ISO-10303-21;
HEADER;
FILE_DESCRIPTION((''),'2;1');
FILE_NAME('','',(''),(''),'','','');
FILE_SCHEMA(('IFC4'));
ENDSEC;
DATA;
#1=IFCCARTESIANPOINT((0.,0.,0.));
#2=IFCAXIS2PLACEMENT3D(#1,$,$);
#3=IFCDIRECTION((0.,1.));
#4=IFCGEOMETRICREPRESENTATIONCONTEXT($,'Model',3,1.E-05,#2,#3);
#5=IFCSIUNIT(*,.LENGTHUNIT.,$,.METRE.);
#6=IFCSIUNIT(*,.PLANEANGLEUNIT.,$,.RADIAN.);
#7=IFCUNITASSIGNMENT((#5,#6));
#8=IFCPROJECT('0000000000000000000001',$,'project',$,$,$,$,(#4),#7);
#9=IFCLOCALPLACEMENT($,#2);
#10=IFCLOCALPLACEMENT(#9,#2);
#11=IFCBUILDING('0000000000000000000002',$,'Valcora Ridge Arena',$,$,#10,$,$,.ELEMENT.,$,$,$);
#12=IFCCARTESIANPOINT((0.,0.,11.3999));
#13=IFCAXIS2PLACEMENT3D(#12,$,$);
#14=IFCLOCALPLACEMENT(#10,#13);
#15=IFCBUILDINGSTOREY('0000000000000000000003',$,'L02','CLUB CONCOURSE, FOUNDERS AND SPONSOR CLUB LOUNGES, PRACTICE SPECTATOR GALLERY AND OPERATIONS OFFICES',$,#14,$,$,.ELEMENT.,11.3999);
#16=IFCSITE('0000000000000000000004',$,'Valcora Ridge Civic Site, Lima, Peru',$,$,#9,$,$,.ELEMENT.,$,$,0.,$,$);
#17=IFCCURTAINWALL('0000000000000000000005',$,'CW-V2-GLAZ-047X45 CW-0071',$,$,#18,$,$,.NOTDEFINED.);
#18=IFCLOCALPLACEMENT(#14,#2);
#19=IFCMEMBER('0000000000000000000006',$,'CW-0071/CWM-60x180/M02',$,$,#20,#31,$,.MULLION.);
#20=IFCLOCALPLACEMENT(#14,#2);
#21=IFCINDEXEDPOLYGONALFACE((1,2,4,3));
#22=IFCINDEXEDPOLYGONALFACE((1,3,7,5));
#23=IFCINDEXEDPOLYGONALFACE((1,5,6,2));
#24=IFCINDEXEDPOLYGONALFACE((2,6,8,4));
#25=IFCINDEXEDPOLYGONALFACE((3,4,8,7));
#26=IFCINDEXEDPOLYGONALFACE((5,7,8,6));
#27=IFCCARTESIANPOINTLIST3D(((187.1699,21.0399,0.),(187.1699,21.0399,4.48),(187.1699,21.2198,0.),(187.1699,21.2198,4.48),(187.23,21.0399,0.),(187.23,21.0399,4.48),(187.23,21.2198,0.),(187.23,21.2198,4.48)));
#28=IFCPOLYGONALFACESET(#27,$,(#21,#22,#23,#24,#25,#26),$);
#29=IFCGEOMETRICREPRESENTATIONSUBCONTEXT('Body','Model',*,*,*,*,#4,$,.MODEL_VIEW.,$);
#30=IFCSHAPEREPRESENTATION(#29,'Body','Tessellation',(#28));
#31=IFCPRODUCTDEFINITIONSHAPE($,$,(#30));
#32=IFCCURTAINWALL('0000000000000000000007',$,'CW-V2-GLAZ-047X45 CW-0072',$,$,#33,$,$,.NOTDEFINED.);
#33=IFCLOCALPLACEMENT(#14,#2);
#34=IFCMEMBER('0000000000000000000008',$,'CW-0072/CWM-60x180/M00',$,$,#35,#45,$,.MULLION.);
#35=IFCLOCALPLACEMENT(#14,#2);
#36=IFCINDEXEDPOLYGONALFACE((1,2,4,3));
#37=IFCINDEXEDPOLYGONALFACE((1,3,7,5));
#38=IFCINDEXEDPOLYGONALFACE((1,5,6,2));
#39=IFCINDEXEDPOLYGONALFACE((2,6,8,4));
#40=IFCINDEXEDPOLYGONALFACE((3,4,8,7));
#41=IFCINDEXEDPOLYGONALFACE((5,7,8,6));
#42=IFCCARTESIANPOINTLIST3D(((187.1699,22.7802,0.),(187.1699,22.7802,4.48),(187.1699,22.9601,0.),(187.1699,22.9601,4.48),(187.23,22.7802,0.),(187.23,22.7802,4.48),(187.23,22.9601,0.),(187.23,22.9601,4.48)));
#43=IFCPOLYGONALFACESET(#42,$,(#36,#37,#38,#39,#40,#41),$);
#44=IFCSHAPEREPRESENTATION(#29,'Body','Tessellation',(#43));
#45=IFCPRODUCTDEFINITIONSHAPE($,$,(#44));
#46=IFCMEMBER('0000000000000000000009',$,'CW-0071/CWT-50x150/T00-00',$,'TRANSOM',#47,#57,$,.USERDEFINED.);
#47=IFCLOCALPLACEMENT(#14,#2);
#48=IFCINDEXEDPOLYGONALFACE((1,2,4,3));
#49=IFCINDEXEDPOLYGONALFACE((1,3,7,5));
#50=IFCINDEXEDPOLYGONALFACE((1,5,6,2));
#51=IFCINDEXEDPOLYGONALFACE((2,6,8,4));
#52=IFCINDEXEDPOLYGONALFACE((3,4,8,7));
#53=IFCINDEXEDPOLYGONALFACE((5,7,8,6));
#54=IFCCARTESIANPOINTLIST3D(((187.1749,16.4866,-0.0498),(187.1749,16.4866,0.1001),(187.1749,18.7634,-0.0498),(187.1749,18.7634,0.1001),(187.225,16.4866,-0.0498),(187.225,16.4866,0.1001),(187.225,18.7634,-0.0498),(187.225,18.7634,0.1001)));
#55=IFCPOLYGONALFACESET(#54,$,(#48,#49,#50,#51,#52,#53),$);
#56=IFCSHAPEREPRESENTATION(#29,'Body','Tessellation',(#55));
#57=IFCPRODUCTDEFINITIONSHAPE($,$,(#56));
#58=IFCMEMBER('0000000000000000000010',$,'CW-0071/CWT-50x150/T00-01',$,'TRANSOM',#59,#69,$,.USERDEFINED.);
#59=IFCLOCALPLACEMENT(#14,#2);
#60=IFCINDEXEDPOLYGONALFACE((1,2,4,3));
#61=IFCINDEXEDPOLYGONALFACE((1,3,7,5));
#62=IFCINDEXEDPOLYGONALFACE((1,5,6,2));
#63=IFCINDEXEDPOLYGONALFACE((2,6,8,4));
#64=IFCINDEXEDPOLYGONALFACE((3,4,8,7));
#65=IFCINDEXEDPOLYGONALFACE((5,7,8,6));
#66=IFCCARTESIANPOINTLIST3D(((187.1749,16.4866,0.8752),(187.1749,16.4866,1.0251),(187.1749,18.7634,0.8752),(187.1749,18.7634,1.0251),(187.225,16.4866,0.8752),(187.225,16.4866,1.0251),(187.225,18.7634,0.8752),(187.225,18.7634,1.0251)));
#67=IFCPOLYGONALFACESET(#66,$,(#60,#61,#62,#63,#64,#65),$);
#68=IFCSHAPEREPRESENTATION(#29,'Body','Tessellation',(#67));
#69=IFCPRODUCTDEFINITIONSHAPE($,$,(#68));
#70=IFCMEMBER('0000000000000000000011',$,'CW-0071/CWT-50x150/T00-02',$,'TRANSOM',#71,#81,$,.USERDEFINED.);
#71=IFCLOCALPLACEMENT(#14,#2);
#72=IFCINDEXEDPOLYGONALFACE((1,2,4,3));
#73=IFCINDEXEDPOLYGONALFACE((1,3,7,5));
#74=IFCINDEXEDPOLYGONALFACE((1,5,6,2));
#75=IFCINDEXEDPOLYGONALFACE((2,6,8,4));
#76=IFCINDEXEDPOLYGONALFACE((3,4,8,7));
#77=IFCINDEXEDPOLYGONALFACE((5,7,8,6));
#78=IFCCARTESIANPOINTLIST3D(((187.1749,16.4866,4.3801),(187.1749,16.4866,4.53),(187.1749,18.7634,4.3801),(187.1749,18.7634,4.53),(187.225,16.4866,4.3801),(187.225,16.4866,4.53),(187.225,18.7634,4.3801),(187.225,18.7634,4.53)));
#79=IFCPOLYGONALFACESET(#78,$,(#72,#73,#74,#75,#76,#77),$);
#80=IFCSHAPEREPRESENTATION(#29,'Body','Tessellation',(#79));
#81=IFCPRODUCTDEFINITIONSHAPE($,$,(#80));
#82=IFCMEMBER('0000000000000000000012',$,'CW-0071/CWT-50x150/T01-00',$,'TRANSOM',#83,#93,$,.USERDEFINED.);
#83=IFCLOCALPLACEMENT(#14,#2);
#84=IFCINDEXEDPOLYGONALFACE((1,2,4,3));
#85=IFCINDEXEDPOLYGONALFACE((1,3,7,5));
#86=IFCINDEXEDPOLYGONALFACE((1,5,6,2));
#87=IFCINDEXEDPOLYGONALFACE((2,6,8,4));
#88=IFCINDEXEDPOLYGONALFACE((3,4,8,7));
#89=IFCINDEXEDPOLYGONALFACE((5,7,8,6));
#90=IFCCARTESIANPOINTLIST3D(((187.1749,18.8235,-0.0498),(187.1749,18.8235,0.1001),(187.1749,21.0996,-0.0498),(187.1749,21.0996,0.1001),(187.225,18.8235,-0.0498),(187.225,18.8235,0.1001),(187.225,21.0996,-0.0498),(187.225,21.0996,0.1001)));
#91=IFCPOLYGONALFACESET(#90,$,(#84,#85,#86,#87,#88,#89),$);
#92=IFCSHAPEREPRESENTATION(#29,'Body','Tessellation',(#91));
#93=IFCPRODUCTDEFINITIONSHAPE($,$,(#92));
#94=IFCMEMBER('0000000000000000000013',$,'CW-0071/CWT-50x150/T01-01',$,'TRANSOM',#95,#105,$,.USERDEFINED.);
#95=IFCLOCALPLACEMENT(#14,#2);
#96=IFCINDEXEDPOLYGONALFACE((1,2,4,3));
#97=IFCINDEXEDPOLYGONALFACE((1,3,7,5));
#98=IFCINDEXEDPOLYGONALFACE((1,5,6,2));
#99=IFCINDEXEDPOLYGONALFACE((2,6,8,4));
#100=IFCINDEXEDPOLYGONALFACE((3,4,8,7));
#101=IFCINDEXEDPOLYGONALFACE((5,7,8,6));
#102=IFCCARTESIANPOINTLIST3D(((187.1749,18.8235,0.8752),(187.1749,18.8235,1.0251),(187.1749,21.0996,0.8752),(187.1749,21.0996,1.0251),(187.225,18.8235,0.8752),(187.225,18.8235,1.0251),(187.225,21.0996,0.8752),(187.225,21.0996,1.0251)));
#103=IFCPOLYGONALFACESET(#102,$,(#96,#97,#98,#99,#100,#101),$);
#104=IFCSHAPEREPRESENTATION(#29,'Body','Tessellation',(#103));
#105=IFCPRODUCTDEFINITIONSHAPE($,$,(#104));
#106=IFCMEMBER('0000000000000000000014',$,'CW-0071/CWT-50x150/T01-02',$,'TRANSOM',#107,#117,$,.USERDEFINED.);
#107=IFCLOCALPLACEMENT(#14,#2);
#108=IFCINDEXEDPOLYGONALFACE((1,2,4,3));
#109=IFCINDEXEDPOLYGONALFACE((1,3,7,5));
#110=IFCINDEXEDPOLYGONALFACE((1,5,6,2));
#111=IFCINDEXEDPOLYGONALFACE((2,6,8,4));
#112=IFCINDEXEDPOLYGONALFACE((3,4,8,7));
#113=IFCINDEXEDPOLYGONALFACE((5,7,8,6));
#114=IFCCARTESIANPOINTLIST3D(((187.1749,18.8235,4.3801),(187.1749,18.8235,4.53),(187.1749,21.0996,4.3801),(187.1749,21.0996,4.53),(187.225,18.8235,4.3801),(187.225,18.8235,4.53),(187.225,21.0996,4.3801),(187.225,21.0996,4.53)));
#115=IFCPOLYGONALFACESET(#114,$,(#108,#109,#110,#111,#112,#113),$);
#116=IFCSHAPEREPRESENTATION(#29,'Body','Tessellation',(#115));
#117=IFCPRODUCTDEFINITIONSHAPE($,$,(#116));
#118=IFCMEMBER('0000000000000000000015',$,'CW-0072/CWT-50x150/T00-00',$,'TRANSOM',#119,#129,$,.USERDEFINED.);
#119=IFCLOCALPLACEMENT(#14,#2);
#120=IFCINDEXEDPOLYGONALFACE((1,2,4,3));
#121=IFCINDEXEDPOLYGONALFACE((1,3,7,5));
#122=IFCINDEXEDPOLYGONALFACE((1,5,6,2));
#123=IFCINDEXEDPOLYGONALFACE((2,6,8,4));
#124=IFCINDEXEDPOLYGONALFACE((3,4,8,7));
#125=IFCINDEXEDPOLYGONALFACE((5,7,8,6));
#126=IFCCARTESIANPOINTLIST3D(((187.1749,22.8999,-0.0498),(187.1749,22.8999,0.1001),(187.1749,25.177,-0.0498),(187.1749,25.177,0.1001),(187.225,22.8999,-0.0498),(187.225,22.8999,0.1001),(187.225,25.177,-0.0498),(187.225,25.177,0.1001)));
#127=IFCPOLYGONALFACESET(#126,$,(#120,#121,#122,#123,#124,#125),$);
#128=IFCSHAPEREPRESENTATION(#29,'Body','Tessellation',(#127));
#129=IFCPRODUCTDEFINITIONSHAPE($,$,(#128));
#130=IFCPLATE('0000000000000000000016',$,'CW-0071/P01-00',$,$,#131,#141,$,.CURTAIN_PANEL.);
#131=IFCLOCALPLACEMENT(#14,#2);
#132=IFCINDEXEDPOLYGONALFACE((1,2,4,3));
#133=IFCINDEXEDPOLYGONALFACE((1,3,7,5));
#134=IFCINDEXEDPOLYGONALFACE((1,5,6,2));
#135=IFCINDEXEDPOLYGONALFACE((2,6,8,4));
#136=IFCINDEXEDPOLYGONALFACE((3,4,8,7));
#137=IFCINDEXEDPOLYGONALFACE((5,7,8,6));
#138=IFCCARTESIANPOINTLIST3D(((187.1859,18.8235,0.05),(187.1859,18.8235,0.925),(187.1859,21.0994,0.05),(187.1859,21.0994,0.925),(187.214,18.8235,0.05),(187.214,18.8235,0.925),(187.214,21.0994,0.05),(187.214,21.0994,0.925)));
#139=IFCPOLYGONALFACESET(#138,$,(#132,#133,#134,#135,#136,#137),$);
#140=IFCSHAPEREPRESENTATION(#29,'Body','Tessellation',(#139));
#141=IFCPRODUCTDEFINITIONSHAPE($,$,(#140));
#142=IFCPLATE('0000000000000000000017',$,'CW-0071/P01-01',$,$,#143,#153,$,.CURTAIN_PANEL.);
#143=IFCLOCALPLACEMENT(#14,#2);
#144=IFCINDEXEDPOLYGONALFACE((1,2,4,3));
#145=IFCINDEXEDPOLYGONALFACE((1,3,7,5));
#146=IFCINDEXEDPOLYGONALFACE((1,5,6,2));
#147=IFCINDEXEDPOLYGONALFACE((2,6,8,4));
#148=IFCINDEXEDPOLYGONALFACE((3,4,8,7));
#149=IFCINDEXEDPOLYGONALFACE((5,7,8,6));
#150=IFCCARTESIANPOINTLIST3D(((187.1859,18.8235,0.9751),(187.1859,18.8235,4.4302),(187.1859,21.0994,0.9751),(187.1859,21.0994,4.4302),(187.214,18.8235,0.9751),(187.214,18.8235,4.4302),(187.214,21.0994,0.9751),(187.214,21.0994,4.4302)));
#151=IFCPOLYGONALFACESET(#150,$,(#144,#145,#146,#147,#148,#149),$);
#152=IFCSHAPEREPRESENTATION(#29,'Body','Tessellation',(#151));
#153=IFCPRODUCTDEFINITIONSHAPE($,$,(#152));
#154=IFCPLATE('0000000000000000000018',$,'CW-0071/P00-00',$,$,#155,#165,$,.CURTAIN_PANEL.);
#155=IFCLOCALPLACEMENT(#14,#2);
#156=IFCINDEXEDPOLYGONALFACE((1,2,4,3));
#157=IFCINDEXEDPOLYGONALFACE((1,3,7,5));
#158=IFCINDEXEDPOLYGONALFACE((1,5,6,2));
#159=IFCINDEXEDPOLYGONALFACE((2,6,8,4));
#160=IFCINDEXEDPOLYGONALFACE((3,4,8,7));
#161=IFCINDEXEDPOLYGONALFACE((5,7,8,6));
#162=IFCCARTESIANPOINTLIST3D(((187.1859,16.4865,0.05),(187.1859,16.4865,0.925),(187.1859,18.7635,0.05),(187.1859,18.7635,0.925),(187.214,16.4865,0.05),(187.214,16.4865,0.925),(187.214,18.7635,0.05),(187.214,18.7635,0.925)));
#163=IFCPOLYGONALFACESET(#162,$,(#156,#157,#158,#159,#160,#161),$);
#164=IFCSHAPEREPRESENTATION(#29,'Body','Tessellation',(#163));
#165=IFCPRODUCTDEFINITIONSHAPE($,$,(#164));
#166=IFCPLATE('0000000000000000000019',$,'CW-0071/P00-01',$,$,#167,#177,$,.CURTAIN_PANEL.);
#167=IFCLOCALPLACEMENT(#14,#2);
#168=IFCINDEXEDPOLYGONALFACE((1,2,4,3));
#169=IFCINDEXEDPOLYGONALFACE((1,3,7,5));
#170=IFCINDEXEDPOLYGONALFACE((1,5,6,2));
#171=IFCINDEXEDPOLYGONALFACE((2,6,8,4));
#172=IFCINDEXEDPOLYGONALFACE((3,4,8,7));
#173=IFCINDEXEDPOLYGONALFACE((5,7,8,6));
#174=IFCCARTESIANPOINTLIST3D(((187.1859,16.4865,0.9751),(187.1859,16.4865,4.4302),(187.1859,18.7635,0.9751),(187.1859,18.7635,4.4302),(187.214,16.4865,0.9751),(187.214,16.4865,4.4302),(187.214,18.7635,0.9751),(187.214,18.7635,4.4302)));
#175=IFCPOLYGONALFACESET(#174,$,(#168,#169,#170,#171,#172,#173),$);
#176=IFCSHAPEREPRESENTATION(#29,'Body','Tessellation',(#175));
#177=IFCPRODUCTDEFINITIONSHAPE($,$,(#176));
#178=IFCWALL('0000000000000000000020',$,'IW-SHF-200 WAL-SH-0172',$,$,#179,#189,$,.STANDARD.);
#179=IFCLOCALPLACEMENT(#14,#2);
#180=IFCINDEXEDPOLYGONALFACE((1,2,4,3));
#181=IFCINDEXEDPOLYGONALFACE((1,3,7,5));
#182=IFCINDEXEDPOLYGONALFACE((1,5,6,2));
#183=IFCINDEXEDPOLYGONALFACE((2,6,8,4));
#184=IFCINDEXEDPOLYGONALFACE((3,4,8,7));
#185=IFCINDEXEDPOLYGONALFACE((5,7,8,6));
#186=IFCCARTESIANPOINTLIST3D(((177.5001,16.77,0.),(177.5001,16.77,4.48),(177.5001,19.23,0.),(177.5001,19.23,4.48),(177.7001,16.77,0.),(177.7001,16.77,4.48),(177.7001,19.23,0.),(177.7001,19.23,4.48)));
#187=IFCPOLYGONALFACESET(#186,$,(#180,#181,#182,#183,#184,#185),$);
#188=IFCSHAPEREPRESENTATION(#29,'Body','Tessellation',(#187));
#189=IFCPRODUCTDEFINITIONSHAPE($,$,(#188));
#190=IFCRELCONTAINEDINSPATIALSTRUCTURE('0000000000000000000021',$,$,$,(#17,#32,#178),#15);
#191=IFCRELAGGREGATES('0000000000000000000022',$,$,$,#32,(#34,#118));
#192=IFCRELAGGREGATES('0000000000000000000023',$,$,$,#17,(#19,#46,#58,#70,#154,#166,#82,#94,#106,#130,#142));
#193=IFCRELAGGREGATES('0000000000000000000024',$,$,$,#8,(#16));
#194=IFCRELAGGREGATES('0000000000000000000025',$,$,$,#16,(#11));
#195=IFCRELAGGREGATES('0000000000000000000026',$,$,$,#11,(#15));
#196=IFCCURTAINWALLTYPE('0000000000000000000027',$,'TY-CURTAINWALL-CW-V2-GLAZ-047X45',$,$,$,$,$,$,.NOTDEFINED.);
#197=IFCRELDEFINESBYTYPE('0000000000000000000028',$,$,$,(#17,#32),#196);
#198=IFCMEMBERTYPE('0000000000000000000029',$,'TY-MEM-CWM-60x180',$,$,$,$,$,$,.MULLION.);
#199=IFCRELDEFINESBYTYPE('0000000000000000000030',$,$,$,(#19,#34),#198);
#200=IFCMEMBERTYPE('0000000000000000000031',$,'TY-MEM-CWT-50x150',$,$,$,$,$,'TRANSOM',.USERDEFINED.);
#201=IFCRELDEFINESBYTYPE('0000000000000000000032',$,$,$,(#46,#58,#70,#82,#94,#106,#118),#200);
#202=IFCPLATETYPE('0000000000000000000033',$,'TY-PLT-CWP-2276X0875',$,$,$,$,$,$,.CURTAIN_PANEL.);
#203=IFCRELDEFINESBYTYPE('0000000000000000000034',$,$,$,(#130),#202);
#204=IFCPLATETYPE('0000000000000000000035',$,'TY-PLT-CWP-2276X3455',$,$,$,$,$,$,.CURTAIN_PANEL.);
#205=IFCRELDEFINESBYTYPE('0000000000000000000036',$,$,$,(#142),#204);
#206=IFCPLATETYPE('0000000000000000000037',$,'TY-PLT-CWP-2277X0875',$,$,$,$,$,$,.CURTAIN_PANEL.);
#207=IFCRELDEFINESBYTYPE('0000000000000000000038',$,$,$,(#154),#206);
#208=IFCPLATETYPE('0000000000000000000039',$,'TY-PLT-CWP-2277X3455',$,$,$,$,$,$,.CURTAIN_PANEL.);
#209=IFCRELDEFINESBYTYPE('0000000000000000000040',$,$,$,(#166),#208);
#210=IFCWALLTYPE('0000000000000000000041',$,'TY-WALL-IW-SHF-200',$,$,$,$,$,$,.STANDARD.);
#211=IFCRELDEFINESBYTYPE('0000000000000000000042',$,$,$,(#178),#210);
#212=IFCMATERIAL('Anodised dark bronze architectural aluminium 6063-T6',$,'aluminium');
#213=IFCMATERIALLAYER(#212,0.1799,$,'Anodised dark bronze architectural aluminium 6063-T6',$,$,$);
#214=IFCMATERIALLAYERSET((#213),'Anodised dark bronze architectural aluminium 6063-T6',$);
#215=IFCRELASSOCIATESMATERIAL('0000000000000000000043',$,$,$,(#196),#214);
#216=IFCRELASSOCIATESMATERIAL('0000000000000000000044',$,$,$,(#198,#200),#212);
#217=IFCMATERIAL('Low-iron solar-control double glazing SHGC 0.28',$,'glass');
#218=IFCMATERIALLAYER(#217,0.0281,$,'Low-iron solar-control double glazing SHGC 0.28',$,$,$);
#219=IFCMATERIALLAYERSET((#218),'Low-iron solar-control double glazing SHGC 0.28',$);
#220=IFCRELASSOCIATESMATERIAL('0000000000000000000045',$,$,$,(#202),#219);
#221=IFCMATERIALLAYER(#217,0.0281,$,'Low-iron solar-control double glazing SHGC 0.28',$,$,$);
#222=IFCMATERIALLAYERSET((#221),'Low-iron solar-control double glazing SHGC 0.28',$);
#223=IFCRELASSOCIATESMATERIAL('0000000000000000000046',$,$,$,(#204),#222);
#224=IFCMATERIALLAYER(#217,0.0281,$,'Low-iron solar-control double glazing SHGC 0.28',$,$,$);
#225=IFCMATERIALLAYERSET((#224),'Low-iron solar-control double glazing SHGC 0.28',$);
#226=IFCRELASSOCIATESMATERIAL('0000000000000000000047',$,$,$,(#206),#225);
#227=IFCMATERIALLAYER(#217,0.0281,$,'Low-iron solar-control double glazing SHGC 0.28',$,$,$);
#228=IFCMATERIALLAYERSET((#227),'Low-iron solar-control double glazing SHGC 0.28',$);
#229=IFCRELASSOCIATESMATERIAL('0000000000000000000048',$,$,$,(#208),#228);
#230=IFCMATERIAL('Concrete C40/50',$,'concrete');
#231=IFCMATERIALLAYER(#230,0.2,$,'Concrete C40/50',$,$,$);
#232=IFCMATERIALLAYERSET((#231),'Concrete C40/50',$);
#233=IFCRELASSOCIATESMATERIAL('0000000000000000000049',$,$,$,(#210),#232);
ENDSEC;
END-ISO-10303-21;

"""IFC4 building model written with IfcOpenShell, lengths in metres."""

from ifc_helpers import new_model, si_unit, direction, frame, frame_2d, origin, origin_2d, place, context, subcontext, project, spatial, rectangle, extrude, material, layer, layer_set, material_profile, profile_set, type_object, element, aggregate, save


model = new_model("IFC4")

# Units and contexts
model_context = context("Model", 3, precision=1e-05, world=origin(), true_north=direction((0.0, 1.0)))
body_context = subcontext(model_context, "Body", "Model", "MODEL_VIEW")
ifc_project = project(units=[si_unit("LENGTHUNIT", "METRE"), si_unit("PLANEANGLEUNIT", "RADIAN")], contexts=[model_context])

# Site, building, storey
site_placement = place(None, origin())
site = spatial("IfcSite", under=ifc_project, at=site_placement, Name="Valcora Ridge Civic Site, Lima, Peru", CompositionType="ELEMENT", RefElevation=0.0)
building_placement = place(site_placement, origin())
building = spatial("IfcBuilding", under=site, at=building_placement, Name="Valcora Ridge Arena", CompositionType="ELEMENT")
storey_placement = place(building_placement, frame((0.0, 0.0, 11.3999)))
storey = spatial("IfcBuildingStorey", under=building, at=storey_placement, Name="L02", Description="CLUB CONCOURSE, FOUNDERS AND SPONSOR CLUB LOUNGES, PRACTICE SPECTATOR GALLERY AND OPERATIONS OFFICES", CompositionType="ELEMENT", Elevation=11.3999)

# Curtain wall, member
ifc_material_1 = material(Name="Anodised dark bronze architectural aluminium 6063-T6", Category="aluminium")
ifc_layer_1 = layer(ifc_material_1, 0.1799, Name="Anodised dark bronze architectural aluminium 6063-T6")
ifc_layer_set_1 = layer_set([ifc_layer_1], Name="Anodised dark bronze architectural aluminium 6063-T6")
curtain_wall_type = type_object("IfcCurtainWallType", Name="TY-CURTAINWALL-CW-V2-GLAZ-047X45", PredefinedType="NOTDEFINED", material=ifc_layer_set_1)
curtain_wall_1_placement = place(storey_placement, origin())
curtain_wall_1 = element("IfcCurtainWall", 1, at=curtain_wall_1_placement, inside=storey, type_object=curtain_wall_type, Name="CW-V2-GLAZ-047X45 CW-0071", PredefinedType="NOTDEFINED")
ifc_material_profile_1 = material_profile(ifc_material_1, rectangle(XDim=0.0601, YDim=0.1799, at=origin_2d()), Name="ALU MULLION 60x180")
ifc_profile_set_1 = profile_set([ifc_material_profile_1], Name="Anodised dark bronze architectural aluminium 6063-T6")
member_type_1 = type_object("IfcMemberType", Name="TY-MEM-CWM-60x180", PredefinedType="MULLION", material=ifc_profile_set_1)
member_1_placement = place(storey_placement, frame((187.2, 21.1299, 0.0), z_axis=(0.0, 0.0, 1.0), x_axis=(-1.0, 0.0, 0.0)))
member_1 = element("IfcMember", 2, at=member_1_placement, type_object=member_type_1, Name="CW-0071/CWM-60x180/M02", PredefinedType="MULLION", context=body_context, shape_type="SweptSolid", body=[
    extrude(rectangle(XDim=0.0601, YDim=0.1799, at=origin_2d()), origin(), (0.0, 0.0, 1.0), 4.48),
])

# Curtain wall, member
curtain_wall_2_placement = place(storey_placement, origin())
curtain_wall_2 = element("IfcCurtainWall", 3, at=curtain_wall_2_placement, inside=storey, type_object=curtain_wall_type, Name="CW-V2-GLAZ-047X45 CW-0072", PredefinedType="NOTDEFINED")
member_2_placement = place(storey_placement, frame((187.2, 22.8701, 0.0), z_axis=(0.0, 0.0, 1.0), x_axis=(-1.0, 0.0, 0.0)))
member_2 = element("IfcMember", 4, at=member_2_placement, type_object=member_type_1, Name="CW-0072/CWM-60x180/M00", PredefinedType="MULLION", context=body_context, shape_type="SweptSolid", body=[
    extrude(rectangle(XDim=0.0601, YDim=0.1799, at=origin_2d()), origin(), (0.0, 0.0, 1.0), 4.48),
])

# Members
ifc_material_profile_2 = material_profile(ifc_material_1, rectangle(XDim=0.05, YDim=0.1499, at=origin_2d()), Name="ALU TRANSOM 50x150")
ifc_profile_set_2 = profile_set([ifc_material_profile_2], Name="Anodised dark bronze architectural aluminium 6063-T6")
member_type_2 = type_object("IfcMemberType", Name="TY-MEM-CWT-50x150", ElementType="TRANSOM", PredefinedType="USERDEFINED", material=ifc_profile_set_2)
member_3_placement = place(storey_placement, frame((187.2, 16.4866, 0.0251), z_axis=(0.0, 1.0, 0.0), x_axis=(-1.0, 0.0, 0.0)))
member_3 = element("IfcMember", 5, at=member_3_placement, type_object=member_type_2, Name="CW-0071/CWT-50x150/T00-00", ObjectType="TRANSOM", PredefinedType="USERDEFINED", context=body_context, shape_type="SweptSolid", body=[
    extrude(rectangle(XDim=0.05, YDim=0.1499, at=origin_2d()), origin(), (0.0, 0.0, 1.0), 2.2769),
])
member_4_placement = place(storey_placement, frame((187.2, 16.4866, 0.9502), z_axis=(0.0, 1.0, 0.0), x_axis=(-1.0, 0.0, 0.0)))
member_4 = element("IfcMember", 6, at=member_4_placement, type_object=member_type_2, Name="CW-0071/CWT-50x150/T00-01", ObjectType="TRANSOM", PredefinedType="USERDEFINED", context=body_context, shape_type="SweptSolid", body=[
    extrude(rectangle(XDim=0.05, YDim=0.1499, at=origin_2d()), origin(), (0.0, 0.0, 1.0), 2.2769),
])
member_5_placement = place(storey_placement, frame((187.2, 16.4866, 4.4551), z_axis=(0.0, 1.0, 0.0), x_axis=(-1.0, 0.0, 0.0)))
member_5 = element("IfcMember", 7, at=member_5_placement, type_object=member_type_2, Name="CW-0071/CWT-50x150/T00-02", ObjectType="TRANSOM", PredefinedType="USERDEFINED", context=body_context, shape_type="SweptSolid", body=[
    extrude(rectangle(XDim=0.05, YDim=0.1499, at=origin_2d()), origin(), (0.0, 0.0, 1.0), 2.2769),
])
member_6_placement = place(storey_placement, frame((187.2, 18.8235, 0.0251), z_axis=(0.0, 1.0, 0.0), x_axis=(-1.0, 0.0, 0.0)))
member_6 = element("IfcMember", 8, at=member_6_placement, type_object=member_type_2, Name="CW-0071/CWT-50x150/T01-00", ObjectType="TRANSOM", PredefinedType="USERDEFINED", context=body_context, shape_type="SweptSolid", body=[
    extrude(rectangle(XDim=0.05, YDim=0.1499, at=origin_2d()), origin(), (0.0, 0.0, 1.0), 2.2761),
])
member_7_placement = place(storey_placement, frame((187.2, 18.8235, 0.9502), z_axis=(0.0, 1.0, 0.0), x_axis=(-1.0, 0.0, 0.0)))
member_7 = element("IfcMember", 9, at=member_7_placement, type_object=member_type_2, Name="CW-0071/CWT-50x150/T01-01", ObjectType="TRANSOM", PredefinedType="USERDEFINED", context=body_context, shape_type="SweptSolid", body=[
    extrude(rectangle(XDim=0.05, YDim=0.1499, at=origin_2d()), origin(), (0.0, 0.0, 1.0), 2.2761),
])
member_8_placement = place(storey_placement, frame((187.2, 18.8235, 4.4551), z_axis=(0.0, 1.0, 0.0), x_axis=(-1.0, 0.0, 0.0)))
member_8 = element("IfcMember", 10, at=member_8_placement, type_object=member_type_2, Name="CW-0071/CWT-50x150/T01-02", ObjectType="TRANSOM", PredefinedType="USERDEFINED", context=body_context, shape_type="SweptSolid", body=[
    extrude(rectangle(XDim=0.05, YDim=0.1499, at=origin_2d()), origin(), (0.0, 0.0, 1.0), 2.2761),
])
member_9_placement = place(storey_placement, frame((187.2, 22.8999, 0.0251), z_axis=(0.0, 1.0, 0.0), x_axis=(-1.0, 0.0, 0.0)))
member_9 = element("IfcMember", 11, at=member_9_placement, type_object=member_type_2, Name="CW-0072/CWT-50x150/T00-00", ObjectType="TRANSOM", PredefinedType="USERDEFINED", context=body_context, shape_type="SweptSolid", body=[
    extrude(rectangle(XDim=0.05, YDim=0.1499, at=origin_2d()), origin(), (0.0, 0.0, 1.0), 2.2771),
])
aggregate(curtain_wall_2, [member_2, member_9])

# Plates
ifc_material_2 = material(Name="Low-iron solar-control double glazing SHGC 0.28", Category="glass")
ifc_layer_2 = layer(ifc_material_2, 0.0281, Name="Low-iron solar-control double glazing SHGC 0.28")
ifc_layer_set_2 = layer_set([ifc_layer_2], Name="Low-iron solar-control double glazing SHGC 0.28")
plate_type_1 = type_object("IfcPlateType", Name="TY-PLT-CWP-2276X0875", PredefinedType="CURTAIN_PANEL", material=ifc_layer_set_2)
plate_1_placement = place(storey_placement, frame((187.2, 19.9614, 0.05), z_axis=(0.0, 0.0, 1.0), x_axis=(0.0, 1.0, 0.0)))
plate_1 = element("IfcPlate", 12, at=plate_1_placement, type_object=plate_type_1, Name="CW-0071/P01-00", PredefinedType="CURTAIN_PANEL", context=body_context, shape_type="SweptSolid", body=[
    extrude(rectangle(XDim=2.2759, YDim=0.0281, at=origin_2d()), origin(), (0.0, 0.0, 1.0), 0.875),
])
ifc_layer_3 = layer(ifc_material_2, 0.0281, Name="Low-iron solar-control double glazing SHGC 0.28")
ifc_layer_set_3 = layer_set([ifc_layer_3], Name="Low-iron solar-control double glazing SHGC 0.28")
plate_type_2 = type_object("IfcPlateType", Name="TY-PLT-CWP-2276X3455", PredefinedType="CURTAIN_PANEL", material=ifc_layer_set_3)
plate_2_placement = place(storey_placement, frame((187.2, 19.9614, 0.9751), z_axis=(0.0, 0.0, 1.0), x_axis=(0.0, 1.0, 0.0)))
plate_2 = element("IfcPlate", 13, at=plate_2_placement, type_object=plate_type_2, Name="CW-0071/P01-01", PredefinedType="CURTAIN_PANEL", context=body_context, shape_type="SweptSolid", body=[
    extrude(rectangle(XDim=2.2759, YDim=0.0281, at=origin_2d()), origin(), (0.0, 0.0, 1.0), 3.4551),
])
ifc_layer_4 = layer(ifc_material_2, 0.0281, Name="Low-iron solar-control double glazing SHGC 0.28")
ifc_layer_set_4 = layer_set([ifc_layer_4], Name="Low-iron solar-control double glazing SHGC 0.28")
plate_type_3 = type_object("IfcPlateType", Name="TY-PLT-CWP-2277X0875", PredefinedType="CURTAIN_PANEL", material=ifc_layer_set_4)
plate_3_placement = place(storey_placement, frame((187.2, 17.625, 0.05), z_axis=(0.0, 0.0, 1.0), x_axis=(0.0, 1.0, 0.0)))
plate_3 = element("IfcPlate", 14, at=plate_3_placement, type_object=plate_type_3, Name="CW-0071/P00-00", PredefinedType="CURTAIN_PANEL", context=body_context, shape_type="SweptSolid", body=[
    extrude(rectangle(XDim=2.2771, YDim=0.0281, at=origin_2d()), origin(), (0.0, 0.0, 1.0), 0.875),
])
ifc_layer_5 = layer(ifc_material_2, 0.0281, Name="Low-iron solar-control double glazing SHGC 0.28")
ifc_layer_set_5 = layer_set([ifc_layer_5], Name="Low-iron solar-control double glazing SHGC 0.28")
plate_type_4 = type_object("IfcPlateType", Name="TY-PLT-CWP-2277X3455", PredefinedType="CURTAIN_PANEL", material=ifc_layer_set_5)
plate_4_placement = place(storey_placement, frame((187.2, 17.625, 0.9751), z_axis=(0.0, 0.0, 1.0), x_axis=(0.0, 1.0, 0.0)))
plate_4 = element("IfcPlate", 15, at=plate_4_placement, type_object=plate_type_4, Name="CW-0071/P00-01", PredefinedType="CURTAIN_PANEL", context=body_context, shape_type="SweptSolid", body=[
    extrude(rectangle(XDim=2.2771, YDim=0.0281, at=origin_2d()), origin(), (0.0, 0.0, 1.0), 3.4551),
])
aggregate(curtain_wall_1, [member_1, member_3, member_4, member_5, plate_3, plate_4, member_6, member_7, member_8, plate_1, plate_2])

# Wall
ifc_material_3 = material(Name="Concrete C40/50", Category="concrete")
ifc_layer_6 = layer(ifc_material_3, 0.2, Name="Concrete C40/50")
ifc_layer_set_6 = layer_set([ifc_layer_6], Name="Concrete C40/50")
wall_type = type_object("IfcWallType", Name="TY-WALL-IW-SHF-200", PredefinedType="STANDARD", material=ifc_layer_set_6)
wall_placement = place(storey_placement, frame((177.6001, 16.77, 0.0), z_axis=(0.0, 0.0, 1.0), x_axis=(0.0, 1.0, 0.0)))
element("IfcWall", 16, at=wall_placement, inside=storey, type_object=wall_type, Name="IW-SHF-200 WAL-SH-0172", PredefinedType="STANDARD", context=body_context, shape_type="SweptSolid", body=[
    extrude(rectangle(XDim=2.46, YDim=0.2, at=frame_2d((1.23, 0.0))), origin(), (0.0, 0.0, 1.0), 4.48),
])

save(model, "model.ifc")
